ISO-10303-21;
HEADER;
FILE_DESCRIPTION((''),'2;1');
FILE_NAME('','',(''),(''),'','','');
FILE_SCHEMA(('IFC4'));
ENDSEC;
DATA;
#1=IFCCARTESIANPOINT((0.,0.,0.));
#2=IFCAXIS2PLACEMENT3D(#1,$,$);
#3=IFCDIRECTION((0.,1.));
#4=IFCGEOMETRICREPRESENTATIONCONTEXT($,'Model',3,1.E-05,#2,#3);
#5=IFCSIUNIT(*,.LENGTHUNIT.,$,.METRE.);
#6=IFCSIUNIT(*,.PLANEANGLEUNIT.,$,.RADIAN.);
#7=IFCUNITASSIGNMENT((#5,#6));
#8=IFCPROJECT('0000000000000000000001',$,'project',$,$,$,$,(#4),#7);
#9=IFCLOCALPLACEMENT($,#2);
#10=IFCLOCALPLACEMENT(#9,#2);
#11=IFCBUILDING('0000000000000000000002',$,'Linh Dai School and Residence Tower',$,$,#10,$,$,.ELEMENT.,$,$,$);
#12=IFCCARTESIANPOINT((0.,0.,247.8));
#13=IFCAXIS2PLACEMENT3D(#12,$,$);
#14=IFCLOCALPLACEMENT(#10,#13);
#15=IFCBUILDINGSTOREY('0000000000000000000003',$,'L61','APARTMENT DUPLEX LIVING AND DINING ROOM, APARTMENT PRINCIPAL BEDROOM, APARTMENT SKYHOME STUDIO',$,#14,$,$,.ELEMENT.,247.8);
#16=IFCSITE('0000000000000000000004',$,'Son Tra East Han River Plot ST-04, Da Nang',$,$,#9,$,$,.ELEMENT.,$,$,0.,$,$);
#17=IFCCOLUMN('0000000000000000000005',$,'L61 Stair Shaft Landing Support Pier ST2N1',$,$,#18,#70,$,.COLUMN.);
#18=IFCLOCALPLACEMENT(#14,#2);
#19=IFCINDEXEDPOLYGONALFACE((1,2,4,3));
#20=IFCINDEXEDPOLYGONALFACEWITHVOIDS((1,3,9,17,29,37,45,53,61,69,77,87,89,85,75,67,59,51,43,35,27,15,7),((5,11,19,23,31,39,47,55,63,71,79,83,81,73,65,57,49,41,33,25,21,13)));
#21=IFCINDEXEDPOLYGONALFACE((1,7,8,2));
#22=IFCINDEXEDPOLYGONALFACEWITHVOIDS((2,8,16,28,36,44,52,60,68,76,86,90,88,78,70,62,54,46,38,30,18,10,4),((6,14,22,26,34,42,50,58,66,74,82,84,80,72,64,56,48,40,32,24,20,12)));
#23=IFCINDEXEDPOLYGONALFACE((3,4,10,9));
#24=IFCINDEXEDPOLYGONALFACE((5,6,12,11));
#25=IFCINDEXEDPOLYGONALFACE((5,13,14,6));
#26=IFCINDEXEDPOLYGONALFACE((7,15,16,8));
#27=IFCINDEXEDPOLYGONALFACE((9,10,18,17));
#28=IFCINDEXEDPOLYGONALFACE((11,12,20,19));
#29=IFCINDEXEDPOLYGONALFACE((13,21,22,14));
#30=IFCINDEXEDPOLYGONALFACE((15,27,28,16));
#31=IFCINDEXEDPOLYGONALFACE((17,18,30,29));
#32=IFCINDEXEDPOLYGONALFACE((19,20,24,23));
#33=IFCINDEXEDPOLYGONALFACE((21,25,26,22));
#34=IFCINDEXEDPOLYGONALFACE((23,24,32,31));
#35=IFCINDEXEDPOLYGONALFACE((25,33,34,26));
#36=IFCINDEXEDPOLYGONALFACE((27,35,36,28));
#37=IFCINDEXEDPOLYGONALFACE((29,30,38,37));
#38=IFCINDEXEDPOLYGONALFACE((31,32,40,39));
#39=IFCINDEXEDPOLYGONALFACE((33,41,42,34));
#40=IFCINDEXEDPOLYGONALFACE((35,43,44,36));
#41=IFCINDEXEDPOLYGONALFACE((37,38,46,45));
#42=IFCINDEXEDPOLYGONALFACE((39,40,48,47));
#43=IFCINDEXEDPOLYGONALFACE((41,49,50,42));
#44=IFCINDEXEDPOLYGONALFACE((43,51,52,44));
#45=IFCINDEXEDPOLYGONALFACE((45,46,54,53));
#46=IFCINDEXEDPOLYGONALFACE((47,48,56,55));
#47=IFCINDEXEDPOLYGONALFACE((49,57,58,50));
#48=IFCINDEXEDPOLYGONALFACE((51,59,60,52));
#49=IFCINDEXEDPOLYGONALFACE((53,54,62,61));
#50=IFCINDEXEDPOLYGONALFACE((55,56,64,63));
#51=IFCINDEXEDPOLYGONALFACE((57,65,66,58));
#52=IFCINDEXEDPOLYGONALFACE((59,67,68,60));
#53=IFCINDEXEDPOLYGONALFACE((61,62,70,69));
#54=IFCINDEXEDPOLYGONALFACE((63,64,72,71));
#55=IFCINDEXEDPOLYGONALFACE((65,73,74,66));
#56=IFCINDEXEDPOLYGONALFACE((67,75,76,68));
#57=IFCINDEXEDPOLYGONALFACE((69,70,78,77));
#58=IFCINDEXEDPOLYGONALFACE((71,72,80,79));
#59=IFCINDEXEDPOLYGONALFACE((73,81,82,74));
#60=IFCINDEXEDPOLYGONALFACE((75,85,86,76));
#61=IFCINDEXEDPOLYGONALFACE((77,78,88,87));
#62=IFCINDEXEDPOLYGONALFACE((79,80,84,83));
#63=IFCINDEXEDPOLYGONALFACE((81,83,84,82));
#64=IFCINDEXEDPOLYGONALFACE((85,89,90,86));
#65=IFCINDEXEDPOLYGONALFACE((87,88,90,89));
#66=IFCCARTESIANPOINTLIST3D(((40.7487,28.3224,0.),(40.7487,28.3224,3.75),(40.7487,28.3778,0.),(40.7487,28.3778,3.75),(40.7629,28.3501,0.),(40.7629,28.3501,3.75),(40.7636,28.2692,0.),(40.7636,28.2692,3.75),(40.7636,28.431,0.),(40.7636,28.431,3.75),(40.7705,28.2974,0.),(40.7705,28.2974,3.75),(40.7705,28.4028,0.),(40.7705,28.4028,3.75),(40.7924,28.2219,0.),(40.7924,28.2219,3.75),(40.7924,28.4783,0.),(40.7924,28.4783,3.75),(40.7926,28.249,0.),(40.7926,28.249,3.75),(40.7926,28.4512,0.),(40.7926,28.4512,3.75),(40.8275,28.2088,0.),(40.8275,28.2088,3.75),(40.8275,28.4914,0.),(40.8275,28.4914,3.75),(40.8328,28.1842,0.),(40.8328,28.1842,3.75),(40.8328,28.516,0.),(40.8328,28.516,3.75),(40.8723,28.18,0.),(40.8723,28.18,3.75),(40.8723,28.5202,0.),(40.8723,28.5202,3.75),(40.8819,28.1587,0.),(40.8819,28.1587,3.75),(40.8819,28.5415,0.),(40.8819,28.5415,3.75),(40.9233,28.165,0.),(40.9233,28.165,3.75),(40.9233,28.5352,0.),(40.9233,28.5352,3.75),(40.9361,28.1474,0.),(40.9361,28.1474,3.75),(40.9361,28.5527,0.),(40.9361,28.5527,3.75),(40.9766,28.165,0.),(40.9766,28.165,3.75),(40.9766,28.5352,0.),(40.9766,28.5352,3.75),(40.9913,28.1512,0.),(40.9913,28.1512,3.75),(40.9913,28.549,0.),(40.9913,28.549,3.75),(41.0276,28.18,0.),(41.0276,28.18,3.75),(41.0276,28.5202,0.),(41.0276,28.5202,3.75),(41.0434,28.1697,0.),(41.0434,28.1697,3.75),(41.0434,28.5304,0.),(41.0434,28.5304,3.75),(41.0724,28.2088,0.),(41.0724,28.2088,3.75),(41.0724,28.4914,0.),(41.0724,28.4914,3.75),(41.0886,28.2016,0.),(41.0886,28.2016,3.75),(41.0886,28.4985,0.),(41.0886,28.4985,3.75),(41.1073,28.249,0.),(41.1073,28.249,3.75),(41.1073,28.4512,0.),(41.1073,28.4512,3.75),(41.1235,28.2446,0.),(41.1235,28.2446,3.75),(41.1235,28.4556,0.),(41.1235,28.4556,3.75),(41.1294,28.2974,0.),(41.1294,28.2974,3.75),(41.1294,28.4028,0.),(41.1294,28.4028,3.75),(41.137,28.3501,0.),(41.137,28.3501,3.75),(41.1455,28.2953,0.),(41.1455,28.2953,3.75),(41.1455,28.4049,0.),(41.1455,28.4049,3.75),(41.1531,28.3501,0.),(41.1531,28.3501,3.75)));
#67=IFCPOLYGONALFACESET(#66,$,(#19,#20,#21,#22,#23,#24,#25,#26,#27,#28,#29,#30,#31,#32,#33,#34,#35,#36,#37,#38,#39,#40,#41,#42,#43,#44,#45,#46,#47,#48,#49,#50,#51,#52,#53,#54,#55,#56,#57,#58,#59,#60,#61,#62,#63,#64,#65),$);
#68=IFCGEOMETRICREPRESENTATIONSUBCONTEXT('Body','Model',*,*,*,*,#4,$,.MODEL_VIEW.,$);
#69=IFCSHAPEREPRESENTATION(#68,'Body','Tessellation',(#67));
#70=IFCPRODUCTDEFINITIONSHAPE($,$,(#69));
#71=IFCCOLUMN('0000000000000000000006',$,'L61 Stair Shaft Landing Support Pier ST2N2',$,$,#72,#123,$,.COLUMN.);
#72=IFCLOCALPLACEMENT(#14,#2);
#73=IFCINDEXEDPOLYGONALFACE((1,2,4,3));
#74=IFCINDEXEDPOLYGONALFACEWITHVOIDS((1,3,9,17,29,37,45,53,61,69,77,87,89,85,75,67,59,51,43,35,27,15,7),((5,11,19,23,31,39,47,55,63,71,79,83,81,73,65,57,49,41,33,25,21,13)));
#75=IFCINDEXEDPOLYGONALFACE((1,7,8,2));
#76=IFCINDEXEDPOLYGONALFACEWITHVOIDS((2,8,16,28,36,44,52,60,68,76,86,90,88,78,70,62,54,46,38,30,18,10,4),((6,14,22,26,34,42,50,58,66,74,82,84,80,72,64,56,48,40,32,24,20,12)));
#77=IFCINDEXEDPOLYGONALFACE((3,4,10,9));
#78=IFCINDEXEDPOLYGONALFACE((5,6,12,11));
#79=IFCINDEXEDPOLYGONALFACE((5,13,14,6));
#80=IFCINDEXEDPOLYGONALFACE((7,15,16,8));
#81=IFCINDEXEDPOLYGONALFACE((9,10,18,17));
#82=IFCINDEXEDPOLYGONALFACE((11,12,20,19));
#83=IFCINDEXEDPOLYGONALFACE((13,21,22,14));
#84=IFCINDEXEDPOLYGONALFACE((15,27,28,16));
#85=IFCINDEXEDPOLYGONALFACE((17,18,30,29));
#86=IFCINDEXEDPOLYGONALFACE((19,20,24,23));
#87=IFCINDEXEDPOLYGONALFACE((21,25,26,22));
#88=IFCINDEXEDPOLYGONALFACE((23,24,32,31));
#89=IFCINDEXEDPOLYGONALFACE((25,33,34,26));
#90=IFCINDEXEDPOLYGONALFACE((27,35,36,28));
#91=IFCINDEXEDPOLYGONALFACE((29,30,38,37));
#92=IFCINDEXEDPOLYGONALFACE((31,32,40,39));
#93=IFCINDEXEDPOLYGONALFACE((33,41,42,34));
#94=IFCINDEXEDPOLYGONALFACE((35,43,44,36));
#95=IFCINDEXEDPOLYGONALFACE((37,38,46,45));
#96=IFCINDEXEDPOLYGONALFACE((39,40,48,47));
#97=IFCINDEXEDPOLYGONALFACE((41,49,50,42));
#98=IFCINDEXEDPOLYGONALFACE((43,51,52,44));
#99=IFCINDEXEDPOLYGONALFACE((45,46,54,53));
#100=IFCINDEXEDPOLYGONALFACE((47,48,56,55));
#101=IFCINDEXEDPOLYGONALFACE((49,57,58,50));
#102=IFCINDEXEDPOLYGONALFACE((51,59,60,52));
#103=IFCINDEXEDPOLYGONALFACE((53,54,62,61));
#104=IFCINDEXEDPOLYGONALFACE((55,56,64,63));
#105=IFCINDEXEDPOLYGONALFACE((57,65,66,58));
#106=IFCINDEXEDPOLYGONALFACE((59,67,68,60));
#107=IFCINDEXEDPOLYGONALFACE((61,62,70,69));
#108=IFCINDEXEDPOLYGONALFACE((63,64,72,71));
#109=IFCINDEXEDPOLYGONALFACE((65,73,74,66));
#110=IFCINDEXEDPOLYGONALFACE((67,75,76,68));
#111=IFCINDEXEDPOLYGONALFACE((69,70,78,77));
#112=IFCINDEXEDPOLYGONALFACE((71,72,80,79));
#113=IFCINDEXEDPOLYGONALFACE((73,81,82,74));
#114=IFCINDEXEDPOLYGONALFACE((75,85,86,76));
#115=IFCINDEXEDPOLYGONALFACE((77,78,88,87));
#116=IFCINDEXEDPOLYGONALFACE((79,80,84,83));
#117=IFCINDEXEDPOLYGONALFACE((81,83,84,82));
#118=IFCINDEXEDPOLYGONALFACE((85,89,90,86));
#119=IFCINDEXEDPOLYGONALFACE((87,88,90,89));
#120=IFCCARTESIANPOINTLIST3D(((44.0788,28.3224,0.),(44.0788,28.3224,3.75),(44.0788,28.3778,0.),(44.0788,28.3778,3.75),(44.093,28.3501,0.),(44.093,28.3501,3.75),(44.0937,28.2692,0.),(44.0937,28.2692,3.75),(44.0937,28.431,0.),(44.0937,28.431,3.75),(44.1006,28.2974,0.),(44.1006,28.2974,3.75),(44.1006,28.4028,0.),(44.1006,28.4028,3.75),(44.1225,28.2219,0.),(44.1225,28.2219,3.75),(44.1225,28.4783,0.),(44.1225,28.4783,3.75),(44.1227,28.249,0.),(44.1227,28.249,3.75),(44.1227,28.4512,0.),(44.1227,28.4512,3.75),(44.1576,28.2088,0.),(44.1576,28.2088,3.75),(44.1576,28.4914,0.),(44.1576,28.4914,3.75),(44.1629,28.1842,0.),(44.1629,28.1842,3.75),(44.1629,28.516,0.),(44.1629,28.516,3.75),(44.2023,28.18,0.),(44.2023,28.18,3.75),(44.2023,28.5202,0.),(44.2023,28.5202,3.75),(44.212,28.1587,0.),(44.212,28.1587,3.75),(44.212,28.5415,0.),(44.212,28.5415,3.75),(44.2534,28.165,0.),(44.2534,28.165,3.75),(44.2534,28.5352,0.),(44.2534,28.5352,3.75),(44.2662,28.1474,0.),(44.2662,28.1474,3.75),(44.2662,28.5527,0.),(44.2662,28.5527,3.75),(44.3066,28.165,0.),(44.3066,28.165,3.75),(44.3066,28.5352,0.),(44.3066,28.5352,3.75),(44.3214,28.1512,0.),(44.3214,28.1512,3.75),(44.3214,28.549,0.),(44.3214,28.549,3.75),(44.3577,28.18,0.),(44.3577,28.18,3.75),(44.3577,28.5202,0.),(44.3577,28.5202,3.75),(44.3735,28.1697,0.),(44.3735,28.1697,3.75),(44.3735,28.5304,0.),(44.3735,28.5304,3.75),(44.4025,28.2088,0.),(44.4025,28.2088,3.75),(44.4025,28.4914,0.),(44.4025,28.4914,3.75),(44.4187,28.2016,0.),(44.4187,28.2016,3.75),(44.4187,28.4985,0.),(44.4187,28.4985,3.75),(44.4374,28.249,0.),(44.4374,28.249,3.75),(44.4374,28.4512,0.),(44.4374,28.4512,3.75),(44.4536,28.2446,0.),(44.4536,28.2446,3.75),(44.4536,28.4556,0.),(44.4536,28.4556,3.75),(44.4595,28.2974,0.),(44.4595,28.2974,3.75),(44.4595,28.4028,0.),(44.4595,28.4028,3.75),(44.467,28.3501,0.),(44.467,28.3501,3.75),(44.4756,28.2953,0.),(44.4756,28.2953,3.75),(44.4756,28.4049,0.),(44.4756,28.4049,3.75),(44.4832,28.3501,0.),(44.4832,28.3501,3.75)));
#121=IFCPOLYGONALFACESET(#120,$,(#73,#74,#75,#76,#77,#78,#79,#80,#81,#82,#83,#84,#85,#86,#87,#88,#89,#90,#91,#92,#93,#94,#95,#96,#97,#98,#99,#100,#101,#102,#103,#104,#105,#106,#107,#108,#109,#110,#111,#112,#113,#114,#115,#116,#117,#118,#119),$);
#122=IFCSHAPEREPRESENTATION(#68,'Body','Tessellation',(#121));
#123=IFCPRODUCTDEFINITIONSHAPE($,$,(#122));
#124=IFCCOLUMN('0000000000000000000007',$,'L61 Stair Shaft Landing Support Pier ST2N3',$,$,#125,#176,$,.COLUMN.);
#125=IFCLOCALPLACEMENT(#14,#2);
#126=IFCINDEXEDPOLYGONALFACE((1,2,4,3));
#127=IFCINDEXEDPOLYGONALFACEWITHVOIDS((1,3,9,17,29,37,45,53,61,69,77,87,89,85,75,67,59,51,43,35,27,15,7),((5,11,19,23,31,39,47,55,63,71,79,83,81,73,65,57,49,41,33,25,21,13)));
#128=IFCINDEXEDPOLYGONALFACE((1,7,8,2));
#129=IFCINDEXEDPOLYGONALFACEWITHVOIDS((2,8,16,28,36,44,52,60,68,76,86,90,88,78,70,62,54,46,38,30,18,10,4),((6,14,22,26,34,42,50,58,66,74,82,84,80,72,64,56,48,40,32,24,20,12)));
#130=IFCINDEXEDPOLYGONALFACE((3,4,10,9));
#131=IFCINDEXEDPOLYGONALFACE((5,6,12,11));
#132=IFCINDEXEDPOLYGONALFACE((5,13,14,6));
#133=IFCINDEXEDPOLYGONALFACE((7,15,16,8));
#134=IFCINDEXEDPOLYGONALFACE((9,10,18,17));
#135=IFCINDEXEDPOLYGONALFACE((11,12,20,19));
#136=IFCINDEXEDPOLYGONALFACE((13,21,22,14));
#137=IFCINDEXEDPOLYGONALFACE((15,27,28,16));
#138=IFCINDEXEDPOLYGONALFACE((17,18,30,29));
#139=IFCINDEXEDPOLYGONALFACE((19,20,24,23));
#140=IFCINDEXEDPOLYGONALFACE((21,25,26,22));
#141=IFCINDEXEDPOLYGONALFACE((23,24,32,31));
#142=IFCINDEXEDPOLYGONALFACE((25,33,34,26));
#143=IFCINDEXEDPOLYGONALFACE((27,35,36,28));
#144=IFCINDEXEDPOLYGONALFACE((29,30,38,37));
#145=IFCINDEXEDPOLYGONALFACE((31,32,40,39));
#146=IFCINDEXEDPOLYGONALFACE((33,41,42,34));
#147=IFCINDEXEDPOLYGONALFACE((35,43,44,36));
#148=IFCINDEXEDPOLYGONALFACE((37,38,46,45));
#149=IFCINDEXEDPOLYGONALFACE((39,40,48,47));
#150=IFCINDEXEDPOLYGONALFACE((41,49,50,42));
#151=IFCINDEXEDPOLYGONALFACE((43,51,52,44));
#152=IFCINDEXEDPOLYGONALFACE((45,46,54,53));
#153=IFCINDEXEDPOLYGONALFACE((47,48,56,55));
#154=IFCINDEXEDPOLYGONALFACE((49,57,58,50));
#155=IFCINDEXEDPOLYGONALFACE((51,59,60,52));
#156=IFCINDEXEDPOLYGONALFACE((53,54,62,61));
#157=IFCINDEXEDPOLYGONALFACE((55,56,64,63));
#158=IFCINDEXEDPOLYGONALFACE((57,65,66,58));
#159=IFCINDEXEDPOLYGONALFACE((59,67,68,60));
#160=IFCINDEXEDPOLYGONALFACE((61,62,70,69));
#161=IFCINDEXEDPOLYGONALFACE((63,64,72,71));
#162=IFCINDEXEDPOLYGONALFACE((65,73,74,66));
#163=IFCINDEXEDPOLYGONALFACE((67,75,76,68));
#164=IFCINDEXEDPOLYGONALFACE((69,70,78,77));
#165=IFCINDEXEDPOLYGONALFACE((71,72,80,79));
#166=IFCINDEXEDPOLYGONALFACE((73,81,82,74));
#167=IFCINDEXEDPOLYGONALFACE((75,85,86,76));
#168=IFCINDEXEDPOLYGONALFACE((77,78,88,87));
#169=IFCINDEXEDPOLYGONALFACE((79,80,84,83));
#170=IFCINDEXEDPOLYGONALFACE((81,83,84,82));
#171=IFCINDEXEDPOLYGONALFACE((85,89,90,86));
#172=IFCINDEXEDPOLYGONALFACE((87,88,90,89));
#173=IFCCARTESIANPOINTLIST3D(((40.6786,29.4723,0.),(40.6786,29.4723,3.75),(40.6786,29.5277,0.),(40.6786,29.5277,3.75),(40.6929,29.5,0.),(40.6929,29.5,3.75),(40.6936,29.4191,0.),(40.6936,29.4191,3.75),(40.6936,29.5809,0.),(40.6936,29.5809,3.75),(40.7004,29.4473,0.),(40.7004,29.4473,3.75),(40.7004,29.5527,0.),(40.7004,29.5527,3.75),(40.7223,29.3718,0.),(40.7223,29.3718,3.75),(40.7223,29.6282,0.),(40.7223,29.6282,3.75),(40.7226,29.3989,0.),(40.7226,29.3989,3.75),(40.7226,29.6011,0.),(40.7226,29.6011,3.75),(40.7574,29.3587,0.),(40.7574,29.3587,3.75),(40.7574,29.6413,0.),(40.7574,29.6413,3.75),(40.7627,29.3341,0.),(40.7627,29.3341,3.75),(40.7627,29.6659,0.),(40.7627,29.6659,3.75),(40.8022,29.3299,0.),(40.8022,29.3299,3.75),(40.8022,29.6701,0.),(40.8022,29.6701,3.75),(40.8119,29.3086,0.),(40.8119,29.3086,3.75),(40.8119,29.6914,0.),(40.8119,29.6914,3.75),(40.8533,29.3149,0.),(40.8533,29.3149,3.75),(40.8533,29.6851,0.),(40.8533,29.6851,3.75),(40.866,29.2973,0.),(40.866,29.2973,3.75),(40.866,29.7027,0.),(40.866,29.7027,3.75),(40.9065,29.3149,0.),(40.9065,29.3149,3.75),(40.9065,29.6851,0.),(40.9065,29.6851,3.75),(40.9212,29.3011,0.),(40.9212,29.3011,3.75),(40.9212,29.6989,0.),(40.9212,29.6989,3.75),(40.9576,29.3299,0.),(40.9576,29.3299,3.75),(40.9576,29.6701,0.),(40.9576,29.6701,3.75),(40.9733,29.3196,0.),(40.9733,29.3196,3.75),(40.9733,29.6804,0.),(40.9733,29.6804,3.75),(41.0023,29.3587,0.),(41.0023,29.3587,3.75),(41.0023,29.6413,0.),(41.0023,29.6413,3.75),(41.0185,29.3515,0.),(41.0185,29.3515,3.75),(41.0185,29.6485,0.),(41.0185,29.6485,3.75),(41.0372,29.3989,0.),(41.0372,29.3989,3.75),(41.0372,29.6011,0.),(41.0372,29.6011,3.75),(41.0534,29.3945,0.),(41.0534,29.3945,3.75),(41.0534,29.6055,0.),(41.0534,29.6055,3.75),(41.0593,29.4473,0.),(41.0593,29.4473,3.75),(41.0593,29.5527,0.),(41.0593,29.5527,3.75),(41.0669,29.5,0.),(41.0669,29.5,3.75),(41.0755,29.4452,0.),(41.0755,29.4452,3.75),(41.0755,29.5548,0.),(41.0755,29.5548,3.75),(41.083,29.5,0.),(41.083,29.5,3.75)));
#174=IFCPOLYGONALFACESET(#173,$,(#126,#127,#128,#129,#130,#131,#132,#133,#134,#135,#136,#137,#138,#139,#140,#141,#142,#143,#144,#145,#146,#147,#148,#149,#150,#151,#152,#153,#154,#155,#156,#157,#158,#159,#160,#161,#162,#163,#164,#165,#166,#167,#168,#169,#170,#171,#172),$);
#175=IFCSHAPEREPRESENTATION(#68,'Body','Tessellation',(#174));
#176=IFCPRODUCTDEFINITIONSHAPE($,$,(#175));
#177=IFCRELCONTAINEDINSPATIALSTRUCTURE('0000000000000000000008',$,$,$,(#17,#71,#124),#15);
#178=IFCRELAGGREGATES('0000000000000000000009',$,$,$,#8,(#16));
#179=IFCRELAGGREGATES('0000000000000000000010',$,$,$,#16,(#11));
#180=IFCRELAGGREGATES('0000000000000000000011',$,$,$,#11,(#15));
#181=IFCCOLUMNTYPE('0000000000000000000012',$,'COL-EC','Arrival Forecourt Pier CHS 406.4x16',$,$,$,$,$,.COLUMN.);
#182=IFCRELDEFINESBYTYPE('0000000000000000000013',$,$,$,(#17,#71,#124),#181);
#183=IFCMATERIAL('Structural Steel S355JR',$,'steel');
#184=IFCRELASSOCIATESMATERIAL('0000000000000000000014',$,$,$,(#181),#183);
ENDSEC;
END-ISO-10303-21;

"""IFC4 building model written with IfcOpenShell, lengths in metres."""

from ifc_helpers import new_model, si_unit, direction, frame, origin, origin_2d, place, context, subcontext, project, spatial, hollow_circle, extrude, material, material_profile, profile_set, type_object, element, save


model = new_model("IFC4")

# Units and contexts
model_context = context("Model", 3, precision=1e-05, world=origin(), true_north=direction((0.0, 1.0)))
body_context = subcontext(model_context, "Body", "Model", "MODEL_VIEW")
ifc_project = project(units=[si_unit("LENGTHUNIT", "METRE"), si_unit("PLANEANGLEUNIT", "RADIAN")], contexts=[model_context])

# Site, building, storey
site_placement = place(None, origin())
site = spatial("IfcSite", under=ifc_project, at=site_placement, Name="Son Tra East Han River Plot ST-04, Da Nang", CompositionType="ELEMENT", RefElevation=0.0)
building_placement = place(site_placement, origin())
building = spatial("IfcBuilding", under=site, at=building_placement, Name="Linh Dai School and Residence Tower", CompositionType="ELEMENT")
storey_placement = place(building_placement, frame((0.0, 0.0, 247.8)))
storey = spatial("IfcBuildingStorey", under=building, at=storey_placement, Name="L61", Description="APARTMENT DUPLEX LIVING AND DINING ROOM, APARTMENT PRINCIPAL BEDROOM, APARTMENT SKYHOME STUDIO", CompositionType="ELEMENT", Elevation=247.8)

# Columns
ifc_material_1 = material(Name="Structural Steel S355JR", Category="steel")
ifc_material_profile_1 = material_profile(ifc_material_1, hollow_circle(Radius=0.2031, WallThickness=0.0161, at=origin_2d()), Name="CHS 406.4x16")
ifc_profile_set_1 = profile_set([ifc_material_profile_1], Name="Structural Steel S355JR")
column_type_1 = type_object("IfcColumnType", Name="COL-EC", Description="Arrival Forecourt Pier CHS 406.4x16", PredefinedType="COLUMN", material=ifc_profile_set_1)
for number, where, z_axis, x_axis, name in (
    (1, (40.95, 28.3501, 0.0), (0.0, 0.0, 1.0), (1.0, 0.0, 0.0), "L61 Stair Shaft Landing Support Pier ST2N1"),
    (2, (44.28, 28.3501, 0.0), (0.0, 0.0, 1.0), (1.0, 0.0, 0.0), "L61 Stair Shaft Landing Support Pier ST2N2"),
    (3, (40.8799, 29.5, 0.0), (0.0, 0.0, 1.0), (1.0, 0.0, 0.0), "L61 Stair Shaft Landing Support Pier ST2N3"),
):
    element("IfcColumn", number, at=place(storey_placement, frame(where, z_axis=z_axis, x_axis=x_axis)), inside=storey, type_object=column_type_1, Name=name, PredefinedType="COLUMN", context=body_context, shape_type="SweptSolid", body=[
        extrude(hollow_circle(Radius=0.2031, WallThickness=0.0161, at=origin_2d()), origin(), (0.0, 0.0, 1.0), 3.75),
    ])

save(model, "model.ifc")
